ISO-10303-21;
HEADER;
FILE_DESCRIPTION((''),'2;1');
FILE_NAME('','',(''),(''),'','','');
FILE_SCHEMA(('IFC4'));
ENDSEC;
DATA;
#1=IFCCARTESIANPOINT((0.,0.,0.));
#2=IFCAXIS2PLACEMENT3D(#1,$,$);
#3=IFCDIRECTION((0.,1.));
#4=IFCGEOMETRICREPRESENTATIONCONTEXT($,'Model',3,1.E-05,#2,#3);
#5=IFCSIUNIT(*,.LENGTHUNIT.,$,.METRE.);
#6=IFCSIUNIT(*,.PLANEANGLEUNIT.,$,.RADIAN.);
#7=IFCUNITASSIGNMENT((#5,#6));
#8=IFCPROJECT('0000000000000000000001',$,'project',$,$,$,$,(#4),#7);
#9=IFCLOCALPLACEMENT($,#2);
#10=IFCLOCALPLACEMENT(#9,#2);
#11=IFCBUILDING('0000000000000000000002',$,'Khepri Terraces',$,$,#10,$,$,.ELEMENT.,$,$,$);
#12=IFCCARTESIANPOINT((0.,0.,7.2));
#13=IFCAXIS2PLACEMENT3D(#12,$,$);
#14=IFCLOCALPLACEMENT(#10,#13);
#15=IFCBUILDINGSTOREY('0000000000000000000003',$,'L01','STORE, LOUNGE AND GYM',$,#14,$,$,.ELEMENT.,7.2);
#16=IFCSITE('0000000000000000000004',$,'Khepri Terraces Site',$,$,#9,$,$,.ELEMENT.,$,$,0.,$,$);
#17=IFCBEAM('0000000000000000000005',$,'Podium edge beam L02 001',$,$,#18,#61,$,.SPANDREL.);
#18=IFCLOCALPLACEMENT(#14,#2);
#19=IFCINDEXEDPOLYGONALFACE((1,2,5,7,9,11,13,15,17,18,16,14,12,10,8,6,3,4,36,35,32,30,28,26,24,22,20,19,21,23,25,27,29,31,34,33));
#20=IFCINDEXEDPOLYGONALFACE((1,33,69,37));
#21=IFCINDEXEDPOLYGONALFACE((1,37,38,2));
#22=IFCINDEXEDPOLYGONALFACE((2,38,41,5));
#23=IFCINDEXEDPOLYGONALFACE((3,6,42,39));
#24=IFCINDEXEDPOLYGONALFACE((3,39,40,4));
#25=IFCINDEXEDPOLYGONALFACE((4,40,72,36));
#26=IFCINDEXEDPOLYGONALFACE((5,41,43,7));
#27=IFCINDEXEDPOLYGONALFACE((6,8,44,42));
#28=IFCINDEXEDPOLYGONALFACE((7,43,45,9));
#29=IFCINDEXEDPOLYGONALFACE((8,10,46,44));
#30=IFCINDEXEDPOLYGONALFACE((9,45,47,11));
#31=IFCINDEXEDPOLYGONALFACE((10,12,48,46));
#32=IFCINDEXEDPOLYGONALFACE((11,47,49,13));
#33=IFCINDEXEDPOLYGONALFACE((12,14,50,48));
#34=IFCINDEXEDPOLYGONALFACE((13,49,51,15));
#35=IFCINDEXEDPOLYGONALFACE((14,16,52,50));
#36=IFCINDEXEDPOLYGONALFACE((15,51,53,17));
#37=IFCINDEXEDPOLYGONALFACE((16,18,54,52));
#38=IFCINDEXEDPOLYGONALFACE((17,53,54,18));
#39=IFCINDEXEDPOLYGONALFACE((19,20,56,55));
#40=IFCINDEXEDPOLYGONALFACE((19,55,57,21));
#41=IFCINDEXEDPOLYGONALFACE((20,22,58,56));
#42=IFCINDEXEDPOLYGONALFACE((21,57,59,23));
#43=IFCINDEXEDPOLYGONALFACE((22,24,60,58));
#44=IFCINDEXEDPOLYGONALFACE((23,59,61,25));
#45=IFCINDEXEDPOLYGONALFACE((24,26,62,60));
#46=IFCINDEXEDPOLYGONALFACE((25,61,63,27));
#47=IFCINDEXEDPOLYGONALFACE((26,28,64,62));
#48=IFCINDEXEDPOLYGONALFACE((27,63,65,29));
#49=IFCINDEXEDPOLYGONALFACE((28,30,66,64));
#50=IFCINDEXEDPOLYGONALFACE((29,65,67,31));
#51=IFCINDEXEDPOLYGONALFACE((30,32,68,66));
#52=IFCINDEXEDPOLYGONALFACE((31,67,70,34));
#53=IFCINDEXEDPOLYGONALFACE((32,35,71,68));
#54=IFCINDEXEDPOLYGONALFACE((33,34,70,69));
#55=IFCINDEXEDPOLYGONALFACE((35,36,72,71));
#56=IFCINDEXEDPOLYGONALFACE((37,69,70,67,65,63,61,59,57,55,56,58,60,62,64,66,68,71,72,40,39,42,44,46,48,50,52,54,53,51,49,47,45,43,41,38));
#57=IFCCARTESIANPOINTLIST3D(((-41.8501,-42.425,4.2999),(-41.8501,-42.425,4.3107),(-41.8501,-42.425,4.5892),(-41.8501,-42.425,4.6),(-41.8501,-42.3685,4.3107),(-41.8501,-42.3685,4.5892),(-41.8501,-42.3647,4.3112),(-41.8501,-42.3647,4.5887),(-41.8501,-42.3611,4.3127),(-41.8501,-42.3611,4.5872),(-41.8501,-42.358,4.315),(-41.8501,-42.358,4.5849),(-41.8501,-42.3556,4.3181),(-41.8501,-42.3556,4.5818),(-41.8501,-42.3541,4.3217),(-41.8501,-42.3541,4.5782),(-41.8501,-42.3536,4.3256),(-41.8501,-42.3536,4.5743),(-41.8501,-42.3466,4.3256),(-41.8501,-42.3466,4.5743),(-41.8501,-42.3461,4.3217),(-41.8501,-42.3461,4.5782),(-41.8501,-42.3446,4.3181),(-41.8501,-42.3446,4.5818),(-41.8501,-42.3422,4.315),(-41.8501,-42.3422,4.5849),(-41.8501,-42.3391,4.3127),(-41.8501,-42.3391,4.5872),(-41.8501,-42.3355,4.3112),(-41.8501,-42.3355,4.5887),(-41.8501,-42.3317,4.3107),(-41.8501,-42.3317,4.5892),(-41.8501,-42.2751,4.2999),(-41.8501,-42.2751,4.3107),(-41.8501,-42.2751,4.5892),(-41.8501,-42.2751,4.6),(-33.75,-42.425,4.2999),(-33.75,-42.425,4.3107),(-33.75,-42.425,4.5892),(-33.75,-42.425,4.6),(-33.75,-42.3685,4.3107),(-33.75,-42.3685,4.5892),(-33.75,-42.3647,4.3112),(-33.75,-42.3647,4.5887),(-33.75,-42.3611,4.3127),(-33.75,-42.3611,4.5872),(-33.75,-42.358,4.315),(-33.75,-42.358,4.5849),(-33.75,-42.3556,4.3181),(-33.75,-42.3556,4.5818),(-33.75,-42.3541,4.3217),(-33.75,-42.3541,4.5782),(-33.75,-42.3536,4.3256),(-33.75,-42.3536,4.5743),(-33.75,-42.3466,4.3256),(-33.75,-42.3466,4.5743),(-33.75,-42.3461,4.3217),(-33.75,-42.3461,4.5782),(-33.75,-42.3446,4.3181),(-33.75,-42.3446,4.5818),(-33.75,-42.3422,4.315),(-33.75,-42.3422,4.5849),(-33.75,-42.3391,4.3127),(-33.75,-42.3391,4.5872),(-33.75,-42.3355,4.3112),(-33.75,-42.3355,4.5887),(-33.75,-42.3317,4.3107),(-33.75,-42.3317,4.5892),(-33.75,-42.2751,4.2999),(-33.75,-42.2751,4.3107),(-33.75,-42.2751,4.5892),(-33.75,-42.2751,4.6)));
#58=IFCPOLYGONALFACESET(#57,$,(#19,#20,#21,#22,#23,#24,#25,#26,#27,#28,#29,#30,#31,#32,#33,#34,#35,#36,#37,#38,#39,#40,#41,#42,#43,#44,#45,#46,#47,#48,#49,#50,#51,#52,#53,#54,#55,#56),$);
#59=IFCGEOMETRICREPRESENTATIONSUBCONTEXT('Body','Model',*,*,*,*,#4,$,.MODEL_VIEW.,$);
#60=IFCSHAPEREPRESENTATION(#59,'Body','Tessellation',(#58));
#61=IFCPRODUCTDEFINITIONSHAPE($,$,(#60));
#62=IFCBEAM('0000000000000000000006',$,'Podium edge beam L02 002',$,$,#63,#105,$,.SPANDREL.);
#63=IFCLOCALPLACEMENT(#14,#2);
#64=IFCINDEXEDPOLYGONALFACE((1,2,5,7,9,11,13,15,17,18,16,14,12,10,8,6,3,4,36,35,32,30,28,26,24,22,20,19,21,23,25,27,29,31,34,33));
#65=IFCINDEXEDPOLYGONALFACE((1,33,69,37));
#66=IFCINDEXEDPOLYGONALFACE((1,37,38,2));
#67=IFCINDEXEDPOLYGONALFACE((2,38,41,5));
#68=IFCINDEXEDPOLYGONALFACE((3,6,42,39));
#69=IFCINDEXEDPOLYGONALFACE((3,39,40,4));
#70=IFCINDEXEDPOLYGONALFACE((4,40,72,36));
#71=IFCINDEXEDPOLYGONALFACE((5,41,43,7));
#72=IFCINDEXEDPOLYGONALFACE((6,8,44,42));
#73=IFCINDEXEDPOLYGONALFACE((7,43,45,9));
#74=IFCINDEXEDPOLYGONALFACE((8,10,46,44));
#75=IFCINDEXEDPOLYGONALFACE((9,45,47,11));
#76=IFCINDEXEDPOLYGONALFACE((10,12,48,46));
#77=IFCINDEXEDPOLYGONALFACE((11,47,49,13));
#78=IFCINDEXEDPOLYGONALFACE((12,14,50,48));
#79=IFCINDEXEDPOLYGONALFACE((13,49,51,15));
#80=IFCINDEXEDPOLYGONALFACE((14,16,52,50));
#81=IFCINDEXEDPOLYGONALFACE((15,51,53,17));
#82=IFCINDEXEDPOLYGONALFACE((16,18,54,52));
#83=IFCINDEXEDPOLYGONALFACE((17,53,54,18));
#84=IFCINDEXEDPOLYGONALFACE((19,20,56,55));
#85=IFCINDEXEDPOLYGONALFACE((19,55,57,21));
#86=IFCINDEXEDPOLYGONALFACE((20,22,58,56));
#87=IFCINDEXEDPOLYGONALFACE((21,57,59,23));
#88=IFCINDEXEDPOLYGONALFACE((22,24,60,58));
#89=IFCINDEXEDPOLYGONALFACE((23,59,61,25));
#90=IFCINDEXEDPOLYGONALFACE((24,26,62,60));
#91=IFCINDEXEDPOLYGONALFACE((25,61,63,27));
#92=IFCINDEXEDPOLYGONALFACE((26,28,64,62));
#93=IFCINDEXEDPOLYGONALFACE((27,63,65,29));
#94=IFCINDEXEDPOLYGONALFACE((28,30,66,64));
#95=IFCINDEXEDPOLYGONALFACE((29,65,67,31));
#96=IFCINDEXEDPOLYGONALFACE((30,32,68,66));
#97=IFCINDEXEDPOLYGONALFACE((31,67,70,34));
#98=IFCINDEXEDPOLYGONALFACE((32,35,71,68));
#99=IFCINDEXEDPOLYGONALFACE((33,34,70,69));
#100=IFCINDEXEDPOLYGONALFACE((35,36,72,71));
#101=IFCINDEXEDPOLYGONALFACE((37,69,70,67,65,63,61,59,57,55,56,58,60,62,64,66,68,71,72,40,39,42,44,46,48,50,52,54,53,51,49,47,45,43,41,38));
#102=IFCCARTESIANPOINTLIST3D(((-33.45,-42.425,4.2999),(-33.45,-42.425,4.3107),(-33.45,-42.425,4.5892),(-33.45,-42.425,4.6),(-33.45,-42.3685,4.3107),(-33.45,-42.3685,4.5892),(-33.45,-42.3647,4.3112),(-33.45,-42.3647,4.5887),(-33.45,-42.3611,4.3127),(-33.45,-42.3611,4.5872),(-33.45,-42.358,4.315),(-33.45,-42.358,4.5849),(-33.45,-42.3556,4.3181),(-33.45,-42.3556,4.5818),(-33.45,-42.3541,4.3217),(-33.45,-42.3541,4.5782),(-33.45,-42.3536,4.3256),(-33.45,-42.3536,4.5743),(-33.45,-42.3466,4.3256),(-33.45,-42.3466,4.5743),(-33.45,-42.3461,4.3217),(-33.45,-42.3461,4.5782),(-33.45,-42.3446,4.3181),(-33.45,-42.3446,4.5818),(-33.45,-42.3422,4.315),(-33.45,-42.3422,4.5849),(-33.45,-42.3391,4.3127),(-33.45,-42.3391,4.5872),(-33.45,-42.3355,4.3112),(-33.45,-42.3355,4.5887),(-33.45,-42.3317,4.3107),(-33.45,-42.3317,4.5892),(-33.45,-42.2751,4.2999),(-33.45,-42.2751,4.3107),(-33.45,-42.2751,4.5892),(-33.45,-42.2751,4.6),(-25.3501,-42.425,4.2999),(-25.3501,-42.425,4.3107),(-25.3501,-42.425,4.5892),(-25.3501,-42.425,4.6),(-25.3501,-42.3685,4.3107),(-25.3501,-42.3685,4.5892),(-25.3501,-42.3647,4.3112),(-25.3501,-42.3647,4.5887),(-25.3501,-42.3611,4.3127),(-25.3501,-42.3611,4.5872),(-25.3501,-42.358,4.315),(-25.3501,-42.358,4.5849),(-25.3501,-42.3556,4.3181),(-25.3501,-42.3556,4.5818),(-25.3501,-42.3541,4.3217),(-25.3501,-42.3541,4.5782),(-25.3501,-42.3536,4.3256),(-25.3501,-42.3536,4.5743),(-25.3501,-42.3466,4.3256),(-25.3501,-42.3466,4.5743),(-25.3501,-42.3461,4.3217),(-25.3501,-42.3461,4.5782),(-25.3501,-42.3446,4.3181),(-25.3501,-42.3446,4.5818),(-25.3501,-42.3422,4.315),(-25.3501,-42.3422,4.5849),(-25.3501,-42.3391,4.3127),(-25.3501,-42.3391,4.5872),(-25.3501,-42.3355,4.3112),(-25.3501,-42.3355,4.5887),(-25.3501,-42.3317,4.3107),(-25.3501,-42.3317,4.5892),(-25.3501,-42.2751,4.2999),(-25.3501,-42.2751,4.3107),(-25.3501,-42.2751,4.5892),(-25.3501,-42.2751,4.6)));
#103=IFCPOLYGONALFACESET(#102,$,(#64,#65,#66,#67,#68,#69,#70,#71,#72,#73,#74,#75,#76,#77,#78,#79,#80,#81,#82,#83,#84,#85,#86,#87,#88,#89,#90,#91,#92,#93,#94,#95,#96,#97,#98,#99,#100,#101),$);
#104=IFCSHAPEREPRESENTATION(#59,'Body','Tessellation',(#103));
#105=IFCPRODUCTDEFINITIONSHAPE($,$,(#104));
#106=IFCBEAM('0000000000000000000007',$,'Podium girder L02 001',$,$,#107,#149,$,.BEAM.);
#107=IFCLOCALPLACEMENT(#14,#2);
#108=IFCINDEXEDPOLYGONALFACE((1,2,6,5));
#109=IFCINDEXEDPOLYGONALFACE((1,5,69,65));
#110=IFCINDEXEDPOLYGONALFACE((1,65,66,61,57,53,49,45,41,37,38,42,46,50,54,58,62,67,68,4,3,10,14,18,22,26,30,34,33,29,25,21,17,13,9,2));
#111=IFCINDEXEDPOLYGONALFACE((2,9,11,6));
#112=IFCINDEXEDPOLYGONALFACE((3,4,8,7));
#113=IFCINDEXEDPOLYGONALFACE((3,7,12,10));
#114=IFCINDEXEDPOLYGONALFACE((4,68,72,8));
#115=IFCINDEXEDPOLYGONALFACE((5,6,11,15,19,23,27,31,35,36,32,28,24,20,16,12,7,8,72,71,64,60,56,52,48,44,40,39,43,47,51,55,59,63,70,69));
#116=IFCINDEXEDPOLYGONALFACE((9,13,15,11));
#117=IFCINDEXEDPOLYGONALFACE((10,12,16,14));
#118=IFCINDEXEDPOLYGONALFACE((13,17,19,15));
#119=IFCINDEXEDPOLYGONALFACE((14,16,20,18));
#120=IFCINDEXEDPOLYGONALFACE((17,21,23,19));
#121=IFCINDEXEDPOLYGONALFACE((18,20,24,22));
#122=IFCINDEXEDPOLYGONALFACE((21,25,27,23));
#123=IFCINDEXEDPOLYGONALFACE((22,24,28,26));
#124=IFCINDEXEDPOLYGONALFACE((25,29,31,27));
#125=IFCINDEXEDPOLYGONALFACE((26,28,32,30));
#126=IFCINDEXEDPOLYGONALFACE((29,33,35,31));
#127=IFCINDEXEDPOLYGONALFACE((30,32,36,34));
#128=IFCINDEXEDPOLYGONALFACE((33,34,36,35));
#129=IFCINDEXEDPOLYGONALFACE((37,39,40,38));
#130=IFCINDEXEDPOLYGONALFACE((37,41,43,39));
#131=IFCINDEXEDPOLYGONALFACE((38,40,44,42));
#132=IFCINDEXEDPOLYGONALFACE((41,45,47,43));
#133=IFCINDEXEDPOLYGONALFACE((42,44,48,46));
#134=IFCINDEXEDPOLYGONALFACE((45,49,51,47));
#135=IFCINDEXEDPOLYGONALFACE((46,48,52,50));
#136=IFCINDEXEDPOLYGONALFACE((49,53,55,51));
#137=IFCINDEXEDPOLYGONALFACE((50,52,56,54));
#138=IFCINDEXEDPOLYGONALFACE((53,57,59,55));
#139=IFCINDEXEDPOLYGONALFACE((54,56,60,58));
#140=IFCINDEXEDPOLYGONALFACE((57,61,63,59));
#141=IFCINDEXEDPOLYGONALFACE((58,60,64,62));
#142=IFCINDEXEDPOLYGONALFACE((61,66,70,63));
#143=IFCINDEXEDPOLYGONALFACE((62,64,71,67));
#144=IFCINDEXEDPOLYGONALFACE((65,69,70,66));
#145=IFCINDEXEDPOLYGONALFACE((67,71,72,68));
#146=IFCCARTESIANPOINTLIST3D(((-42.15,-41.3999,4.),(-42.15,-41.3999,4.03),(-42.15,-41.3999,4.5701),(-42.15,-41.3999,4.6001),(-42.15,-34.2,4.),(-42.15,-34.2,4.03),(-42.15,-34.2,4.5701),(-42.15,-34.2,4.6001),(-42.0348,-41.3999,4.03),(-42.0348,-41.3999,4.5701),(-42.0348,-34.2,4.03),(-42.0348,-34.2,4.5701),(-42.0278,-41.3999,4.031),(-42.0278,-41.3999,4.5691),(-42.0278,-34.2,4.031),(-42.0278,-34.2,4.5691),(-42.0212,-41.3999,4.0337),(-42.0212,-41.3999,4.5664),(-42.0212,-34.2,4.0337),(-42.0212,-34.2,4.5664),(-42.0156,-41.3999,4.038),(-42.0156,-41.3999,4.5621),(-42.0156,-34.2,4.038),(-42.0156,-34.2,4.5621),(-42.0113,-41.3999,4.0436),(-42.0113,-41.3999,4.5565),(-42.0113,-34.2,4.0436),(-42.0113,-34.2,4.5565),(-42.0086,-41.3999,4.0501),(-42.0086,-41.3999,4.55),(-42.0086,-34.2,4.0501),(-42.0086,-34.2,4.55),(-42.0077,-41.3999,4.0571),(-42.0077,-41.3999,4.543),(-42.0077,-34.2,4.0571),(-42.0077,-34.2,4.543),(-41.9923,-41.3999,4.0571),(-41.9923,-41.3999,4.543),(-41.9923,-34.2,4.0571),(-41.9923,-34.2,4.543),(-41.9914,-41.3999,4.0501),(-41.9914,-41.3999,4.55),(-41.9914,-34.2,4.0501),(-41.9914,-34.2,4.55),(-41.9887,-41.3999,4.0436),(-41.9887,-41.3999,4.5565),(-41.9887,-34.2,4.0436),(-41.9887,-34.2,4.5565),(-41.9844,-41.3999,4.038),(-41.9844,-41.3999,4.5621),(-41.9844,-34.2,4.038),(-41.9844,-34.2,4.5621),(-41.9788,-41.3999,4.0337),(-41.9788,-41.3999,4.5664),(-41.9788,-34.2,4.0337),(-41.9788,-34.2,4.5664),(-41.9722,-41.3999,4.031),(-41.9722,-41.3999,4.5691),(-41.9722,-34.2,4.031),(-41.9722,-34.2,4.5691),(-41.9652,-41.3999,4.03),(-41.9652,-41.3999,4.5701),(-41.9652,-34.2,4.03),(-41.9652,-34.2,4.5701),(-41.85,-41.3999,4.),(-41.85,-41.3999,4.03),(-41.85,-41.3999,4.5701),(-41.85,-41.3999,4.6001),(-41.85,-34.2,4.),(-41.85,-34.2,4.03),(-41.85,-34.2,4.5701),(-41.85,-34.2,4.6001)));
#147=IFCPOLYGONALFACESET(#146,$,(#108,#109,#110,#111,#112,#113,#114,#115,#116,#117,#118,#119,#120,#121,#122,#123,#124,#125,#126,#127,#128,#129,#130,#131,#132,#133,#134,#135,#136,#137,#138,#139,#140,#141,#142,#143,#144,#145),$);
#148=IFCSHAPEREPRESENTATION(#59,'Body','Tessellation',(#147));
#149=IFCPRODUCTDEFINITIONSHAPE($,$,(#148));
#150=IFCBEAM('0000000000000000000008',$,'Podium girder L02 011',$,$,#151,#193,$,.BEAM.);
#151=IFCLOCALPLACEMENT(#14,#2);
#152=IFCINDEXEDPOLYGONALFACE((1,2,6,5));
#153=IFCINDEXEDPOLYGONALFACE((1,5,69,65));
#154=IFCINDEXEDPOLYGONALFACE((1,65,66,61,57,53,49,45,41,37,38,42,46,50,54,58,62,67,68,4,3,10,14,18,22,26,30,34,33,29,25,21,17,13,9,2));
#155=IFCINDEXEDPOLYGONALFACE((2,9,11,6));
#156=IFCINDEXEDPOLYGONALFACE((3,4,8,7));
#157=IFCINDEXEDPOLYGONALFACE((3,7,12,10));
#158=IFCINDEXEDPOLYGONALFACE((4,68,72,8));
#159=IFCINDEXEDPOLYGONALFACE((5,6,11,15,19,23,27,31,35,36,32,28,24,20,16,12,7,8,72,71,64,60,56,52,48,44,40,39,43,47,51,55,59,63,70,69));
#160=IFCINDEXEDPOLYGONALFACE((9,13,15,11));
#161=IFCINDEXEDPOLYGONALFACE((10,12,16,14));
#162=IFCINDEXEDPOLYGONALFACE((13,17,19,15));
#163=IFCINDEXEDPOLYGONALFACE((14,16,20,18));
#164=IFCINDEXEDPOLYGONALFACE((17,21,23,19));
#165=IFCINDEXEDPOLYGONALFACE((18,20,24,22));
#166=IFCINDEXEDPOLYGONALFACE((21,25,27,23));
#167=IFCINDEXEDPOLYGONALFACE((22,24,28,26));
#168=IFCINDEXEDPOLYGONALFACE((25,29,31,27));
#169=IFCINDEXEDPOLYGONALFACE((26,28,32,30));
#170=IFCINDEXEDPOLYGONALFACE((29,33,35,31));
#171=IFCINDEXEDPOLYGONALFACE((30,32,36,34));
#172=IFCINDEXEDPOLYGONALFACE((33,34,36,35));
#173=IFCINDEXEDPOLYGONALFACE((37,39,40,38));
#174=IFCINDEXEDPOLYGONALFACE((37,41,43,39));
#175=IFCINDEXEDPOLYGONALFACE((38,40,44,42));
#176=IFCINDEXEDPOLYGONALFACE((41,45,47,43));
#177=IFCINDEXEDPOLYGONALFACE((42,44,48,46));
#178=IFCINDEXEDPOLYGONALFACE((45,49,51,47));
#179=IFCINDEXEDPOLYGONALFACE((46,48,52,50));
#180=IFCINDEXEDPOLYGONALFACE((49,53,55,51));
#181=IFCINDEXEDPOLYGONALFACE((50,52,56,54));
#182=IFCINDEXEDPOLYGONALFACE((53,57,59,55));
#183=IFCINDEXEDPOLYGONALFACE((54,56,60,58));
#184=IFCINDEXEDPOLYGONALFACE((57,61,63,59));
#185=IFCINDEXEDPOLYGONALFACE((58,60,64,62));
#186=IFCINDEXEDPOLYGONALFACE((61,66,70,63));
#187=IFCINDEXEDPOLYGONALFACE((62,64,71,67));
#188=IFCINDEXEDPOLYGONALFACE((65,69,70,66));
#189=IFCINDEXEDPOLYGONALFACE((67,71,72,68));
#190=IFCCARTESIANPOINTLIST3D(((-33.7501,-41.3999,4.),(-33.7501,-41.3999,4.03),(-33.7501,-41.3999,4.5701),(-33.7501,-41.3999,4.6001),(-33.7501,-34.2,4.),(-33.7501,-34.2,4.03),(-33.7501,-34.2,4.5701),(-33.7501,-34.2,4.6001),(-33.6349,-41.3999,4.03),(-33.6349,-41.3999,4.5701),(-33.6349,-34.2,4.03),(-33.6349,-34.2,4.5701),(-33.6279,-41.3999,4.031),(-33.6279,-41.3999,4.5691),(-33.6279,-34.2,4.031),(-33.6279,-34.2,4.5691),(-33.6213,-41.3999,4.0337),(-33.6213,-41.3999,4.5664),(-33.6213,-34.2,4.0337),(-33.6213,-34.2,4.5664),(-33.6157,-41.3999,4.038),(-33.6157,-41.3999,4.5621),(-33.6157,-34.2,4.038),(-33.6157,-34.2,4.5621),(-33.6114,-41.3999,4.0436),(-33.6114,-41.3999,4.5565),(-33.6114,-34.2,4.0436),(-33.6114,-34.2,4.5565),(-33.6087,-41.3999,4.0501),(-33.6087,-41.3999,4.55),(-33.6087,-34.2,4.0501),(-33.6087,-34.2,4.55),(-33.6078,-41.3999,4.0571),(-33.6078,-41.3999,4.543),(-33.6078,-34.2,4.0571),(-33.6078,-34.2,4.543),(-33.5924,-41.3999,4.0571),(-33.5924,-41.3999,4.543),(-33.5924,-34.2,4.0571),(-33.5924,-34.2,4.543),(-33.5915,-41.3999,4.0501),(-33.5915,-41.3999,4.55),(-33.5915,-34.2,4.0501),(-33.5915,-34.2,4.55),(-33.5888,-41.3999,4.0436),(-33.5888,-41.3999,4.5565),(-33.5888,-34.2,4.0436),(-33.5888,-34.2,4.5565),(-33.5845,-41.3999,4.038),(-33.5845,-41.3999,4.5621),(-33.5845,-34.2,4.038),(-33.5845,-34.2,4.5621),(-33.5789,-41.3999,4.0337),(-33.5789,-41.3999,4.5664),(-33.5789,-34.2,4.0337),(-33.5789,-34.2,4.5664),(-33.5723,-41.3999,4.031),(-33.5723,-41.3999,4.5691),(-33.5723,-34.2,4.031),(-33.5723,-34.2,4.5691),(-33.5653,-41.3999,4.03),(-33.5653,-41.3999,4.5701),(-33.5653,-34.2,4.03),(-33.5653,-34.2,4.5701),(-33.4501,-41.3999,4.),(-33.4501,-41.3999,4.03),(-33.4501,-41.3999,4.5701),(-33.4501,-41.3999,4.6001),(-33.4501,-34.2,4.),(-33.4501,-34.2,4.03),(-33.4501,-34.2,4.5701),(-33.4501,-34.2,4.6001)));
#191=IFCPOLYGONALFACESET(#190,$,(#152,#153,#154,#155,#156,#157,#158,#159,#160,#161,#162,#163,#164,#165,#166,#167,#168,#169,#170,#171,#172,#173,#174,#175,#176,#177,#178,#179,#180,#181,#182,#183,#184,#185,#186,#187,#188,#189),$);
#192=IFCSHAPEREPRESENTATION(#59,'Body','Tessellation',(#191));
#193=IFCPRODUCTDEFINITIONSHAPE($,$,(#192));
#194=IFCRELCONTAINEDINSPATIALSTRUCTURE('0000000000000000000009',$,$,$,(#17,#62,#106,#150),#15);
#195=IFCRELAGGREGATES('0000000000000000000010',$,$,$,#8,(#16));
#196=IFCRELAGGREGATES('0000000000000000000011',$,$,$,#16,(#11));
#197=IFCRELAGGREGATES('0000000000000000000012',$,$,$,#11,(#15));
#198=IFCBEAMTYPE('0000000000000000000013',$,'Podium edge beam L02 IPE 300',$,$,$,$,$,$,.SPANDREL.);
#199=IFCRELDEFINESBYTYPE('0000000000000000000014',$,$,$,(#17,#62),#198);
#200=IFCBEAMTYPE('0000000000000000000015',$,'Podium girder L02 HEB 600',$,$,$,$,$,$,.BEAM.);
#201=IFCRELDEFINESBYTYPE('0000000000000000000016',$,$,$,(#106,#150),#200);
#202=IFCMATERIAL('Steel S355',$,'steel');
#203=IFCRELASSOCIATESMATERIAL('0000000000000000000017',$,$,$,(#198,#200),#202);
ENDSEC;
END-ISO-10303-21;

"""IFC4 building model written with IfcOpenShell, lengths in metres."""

from ifc_helpers import new_model, si_unit, direction, frame, origin, origin_2d, place, context, subcontext, project, spatial, i_section, extrude, material, material_profile, profile_set, type_object, element, save


model = new_model("IFC4")

# Units and contexts
model_context = context("Model", 3, precision=1e-05, world=origin(), true_north=direction((0.0, 1.0)))
body_context = subcontext(model_context, "Body", "Model", "MODEL_VIEW")
ifc_project = project(units=[si_unit("LENGTHUNIT", "METRE"), si_unit("PLANEANGLEUNIT", "RADIAN")], contexts=[model_context])

# Site, building, storey
site_placement = place(None, origin())
site = spatial("IfcSite", under=ifc_project, at=site_placement, Name="Khepri Terraces Site", CompositionType="ELEMENT", RefElevation=0.0)
building_placement = place(site_placement, origin())
building = spatial("IfcBuilding", under=site, at=building_placement, Name="Khepri Terraces", CompositionType="ELEMENT")
storey_placement = place(building_placement, frame((0.0, 0.0, 7.2)))
storey = spatial("IfcBuildingStorey", under=building, at=storey_placement, Name="L01", Description="STORE, LOUNGE AND GYM", CompositionType="ELEMENT", Elevation=7.2)

# Beams
ifc_material_1 = material(Name="Steel S355", Category="steel")
ifc_material_profile_1 = material_profile(ifc_material_1, i_section(OverallWidth=0.1499, OverallDepth=0.3, WebThickness=0.0071, FlangeThickness=0.0107, FilletRadius=0.0149, at=origin_2d()), Name="Steel S355", Category="steel")
ifc_profile_set_1 = profile_set([ifc_material_profile_1], Name="Steel S355")
beam_type_1 = type_object("IfcBeamType", Name="Podium edge beam L02 IPE 300", PredefinedType="SPANDREL", material=ifc_profile_set_1)
beam_1_placement = place(storey_placement, frame((-41.8501, -42.3501, 4.45), z_axis=(1.0, 0.0, 0.0), x_axis=(0.0, 1.0, 0.0)))
element("IfcBeam", 1, at=beam_1_placement, inside=storey, type_object=beam_type_1, Name="Podium edge beam L02 001", PredefinedType="SPANDREL", context=body_context, shape_type="SweptSolid", body=[
    extrude(i_section(OverallWidth=0.1499, OverallDepth=0.3, WebThickness=0.0071, FlangeThickness=0.0107, FilletRadius=0.0149, at=origin_2d()), origin(), (0.0, 0.0, 1.0), 8.1001),
])
beam_2_placement = place(storey_placement, frame((-33.45, -42.3501, 4.45), z_axis=(1.0, 0.0, 0.0), x_axis=(0.0, 1.0, 0.0)))
element("IfcBeam", 2, at=beam_2_placement, inside=storey, type_object=beam_type_1, Name="Podium edge beam L02 002", PredefinedType="SPANDREL", context=body_context, shape_type="SweptSolid", body=[
    extrude(i_section(OverallWidth=0.1499, OverallDepth=0.3, WebThickness=0.0071, FlangeThickness=0.0107, FilletRadius=0.0149, at=origin_2d()), origin(), (0.0, 0.0, 1.0), 8.0999),
])
ifc_material_profile_2 = material_profile(ifc_material_1, i_section(OverallWidth=0.3, OverallDepth=0.6001, WebThickness=0.0154, FlangeThickness=0.03, FilletRadius=0.0271, at=origin_2d()), Name="Steel S355", Category="steel")
ifc_profile_set_2 = profile_set([ifc_material_profile_2], Name="Steel S355")
beam_type_2 = type_object("IfcBeamType", Name="Podium girder L02 HEB 600", PredefinedType="BEAM", material=ifc_profile_set_2)
for number, where, z_axis, x_axis, name in (
    (3, (-42.0, -41.3999, 4.3), (0.0, 1.0, 0.0), (-1.0, 0.0, 0.0), "Podium girder L02 001"),
    (4, (-33.6001, -41.3999, 4.3), (0.0, 1.0, 0.0), (-1.0, 0.0, 0.0), "Podium girder L02 011"),
):
    element("IfcBeam", number, at=place(storey_placement, frame(where, z_axis=z_axis, x_axis=x_axis)), inside=storey, type_object=beam_type_2, Name=name, PredefinedType="BEAM", context=body_context, shape_type="SweptSolid", body=[
        extrude(i_section(OverallWidth=0.3, OverallDepth=0.6001, WebThickness=0.0154, FlangeThickness=0.03, FilletRadius=0.0271, at=origin_2d()), origin(), (0.0, 0.0, 1.0), 7.2),
    ])

save(model, "model.ifc")
